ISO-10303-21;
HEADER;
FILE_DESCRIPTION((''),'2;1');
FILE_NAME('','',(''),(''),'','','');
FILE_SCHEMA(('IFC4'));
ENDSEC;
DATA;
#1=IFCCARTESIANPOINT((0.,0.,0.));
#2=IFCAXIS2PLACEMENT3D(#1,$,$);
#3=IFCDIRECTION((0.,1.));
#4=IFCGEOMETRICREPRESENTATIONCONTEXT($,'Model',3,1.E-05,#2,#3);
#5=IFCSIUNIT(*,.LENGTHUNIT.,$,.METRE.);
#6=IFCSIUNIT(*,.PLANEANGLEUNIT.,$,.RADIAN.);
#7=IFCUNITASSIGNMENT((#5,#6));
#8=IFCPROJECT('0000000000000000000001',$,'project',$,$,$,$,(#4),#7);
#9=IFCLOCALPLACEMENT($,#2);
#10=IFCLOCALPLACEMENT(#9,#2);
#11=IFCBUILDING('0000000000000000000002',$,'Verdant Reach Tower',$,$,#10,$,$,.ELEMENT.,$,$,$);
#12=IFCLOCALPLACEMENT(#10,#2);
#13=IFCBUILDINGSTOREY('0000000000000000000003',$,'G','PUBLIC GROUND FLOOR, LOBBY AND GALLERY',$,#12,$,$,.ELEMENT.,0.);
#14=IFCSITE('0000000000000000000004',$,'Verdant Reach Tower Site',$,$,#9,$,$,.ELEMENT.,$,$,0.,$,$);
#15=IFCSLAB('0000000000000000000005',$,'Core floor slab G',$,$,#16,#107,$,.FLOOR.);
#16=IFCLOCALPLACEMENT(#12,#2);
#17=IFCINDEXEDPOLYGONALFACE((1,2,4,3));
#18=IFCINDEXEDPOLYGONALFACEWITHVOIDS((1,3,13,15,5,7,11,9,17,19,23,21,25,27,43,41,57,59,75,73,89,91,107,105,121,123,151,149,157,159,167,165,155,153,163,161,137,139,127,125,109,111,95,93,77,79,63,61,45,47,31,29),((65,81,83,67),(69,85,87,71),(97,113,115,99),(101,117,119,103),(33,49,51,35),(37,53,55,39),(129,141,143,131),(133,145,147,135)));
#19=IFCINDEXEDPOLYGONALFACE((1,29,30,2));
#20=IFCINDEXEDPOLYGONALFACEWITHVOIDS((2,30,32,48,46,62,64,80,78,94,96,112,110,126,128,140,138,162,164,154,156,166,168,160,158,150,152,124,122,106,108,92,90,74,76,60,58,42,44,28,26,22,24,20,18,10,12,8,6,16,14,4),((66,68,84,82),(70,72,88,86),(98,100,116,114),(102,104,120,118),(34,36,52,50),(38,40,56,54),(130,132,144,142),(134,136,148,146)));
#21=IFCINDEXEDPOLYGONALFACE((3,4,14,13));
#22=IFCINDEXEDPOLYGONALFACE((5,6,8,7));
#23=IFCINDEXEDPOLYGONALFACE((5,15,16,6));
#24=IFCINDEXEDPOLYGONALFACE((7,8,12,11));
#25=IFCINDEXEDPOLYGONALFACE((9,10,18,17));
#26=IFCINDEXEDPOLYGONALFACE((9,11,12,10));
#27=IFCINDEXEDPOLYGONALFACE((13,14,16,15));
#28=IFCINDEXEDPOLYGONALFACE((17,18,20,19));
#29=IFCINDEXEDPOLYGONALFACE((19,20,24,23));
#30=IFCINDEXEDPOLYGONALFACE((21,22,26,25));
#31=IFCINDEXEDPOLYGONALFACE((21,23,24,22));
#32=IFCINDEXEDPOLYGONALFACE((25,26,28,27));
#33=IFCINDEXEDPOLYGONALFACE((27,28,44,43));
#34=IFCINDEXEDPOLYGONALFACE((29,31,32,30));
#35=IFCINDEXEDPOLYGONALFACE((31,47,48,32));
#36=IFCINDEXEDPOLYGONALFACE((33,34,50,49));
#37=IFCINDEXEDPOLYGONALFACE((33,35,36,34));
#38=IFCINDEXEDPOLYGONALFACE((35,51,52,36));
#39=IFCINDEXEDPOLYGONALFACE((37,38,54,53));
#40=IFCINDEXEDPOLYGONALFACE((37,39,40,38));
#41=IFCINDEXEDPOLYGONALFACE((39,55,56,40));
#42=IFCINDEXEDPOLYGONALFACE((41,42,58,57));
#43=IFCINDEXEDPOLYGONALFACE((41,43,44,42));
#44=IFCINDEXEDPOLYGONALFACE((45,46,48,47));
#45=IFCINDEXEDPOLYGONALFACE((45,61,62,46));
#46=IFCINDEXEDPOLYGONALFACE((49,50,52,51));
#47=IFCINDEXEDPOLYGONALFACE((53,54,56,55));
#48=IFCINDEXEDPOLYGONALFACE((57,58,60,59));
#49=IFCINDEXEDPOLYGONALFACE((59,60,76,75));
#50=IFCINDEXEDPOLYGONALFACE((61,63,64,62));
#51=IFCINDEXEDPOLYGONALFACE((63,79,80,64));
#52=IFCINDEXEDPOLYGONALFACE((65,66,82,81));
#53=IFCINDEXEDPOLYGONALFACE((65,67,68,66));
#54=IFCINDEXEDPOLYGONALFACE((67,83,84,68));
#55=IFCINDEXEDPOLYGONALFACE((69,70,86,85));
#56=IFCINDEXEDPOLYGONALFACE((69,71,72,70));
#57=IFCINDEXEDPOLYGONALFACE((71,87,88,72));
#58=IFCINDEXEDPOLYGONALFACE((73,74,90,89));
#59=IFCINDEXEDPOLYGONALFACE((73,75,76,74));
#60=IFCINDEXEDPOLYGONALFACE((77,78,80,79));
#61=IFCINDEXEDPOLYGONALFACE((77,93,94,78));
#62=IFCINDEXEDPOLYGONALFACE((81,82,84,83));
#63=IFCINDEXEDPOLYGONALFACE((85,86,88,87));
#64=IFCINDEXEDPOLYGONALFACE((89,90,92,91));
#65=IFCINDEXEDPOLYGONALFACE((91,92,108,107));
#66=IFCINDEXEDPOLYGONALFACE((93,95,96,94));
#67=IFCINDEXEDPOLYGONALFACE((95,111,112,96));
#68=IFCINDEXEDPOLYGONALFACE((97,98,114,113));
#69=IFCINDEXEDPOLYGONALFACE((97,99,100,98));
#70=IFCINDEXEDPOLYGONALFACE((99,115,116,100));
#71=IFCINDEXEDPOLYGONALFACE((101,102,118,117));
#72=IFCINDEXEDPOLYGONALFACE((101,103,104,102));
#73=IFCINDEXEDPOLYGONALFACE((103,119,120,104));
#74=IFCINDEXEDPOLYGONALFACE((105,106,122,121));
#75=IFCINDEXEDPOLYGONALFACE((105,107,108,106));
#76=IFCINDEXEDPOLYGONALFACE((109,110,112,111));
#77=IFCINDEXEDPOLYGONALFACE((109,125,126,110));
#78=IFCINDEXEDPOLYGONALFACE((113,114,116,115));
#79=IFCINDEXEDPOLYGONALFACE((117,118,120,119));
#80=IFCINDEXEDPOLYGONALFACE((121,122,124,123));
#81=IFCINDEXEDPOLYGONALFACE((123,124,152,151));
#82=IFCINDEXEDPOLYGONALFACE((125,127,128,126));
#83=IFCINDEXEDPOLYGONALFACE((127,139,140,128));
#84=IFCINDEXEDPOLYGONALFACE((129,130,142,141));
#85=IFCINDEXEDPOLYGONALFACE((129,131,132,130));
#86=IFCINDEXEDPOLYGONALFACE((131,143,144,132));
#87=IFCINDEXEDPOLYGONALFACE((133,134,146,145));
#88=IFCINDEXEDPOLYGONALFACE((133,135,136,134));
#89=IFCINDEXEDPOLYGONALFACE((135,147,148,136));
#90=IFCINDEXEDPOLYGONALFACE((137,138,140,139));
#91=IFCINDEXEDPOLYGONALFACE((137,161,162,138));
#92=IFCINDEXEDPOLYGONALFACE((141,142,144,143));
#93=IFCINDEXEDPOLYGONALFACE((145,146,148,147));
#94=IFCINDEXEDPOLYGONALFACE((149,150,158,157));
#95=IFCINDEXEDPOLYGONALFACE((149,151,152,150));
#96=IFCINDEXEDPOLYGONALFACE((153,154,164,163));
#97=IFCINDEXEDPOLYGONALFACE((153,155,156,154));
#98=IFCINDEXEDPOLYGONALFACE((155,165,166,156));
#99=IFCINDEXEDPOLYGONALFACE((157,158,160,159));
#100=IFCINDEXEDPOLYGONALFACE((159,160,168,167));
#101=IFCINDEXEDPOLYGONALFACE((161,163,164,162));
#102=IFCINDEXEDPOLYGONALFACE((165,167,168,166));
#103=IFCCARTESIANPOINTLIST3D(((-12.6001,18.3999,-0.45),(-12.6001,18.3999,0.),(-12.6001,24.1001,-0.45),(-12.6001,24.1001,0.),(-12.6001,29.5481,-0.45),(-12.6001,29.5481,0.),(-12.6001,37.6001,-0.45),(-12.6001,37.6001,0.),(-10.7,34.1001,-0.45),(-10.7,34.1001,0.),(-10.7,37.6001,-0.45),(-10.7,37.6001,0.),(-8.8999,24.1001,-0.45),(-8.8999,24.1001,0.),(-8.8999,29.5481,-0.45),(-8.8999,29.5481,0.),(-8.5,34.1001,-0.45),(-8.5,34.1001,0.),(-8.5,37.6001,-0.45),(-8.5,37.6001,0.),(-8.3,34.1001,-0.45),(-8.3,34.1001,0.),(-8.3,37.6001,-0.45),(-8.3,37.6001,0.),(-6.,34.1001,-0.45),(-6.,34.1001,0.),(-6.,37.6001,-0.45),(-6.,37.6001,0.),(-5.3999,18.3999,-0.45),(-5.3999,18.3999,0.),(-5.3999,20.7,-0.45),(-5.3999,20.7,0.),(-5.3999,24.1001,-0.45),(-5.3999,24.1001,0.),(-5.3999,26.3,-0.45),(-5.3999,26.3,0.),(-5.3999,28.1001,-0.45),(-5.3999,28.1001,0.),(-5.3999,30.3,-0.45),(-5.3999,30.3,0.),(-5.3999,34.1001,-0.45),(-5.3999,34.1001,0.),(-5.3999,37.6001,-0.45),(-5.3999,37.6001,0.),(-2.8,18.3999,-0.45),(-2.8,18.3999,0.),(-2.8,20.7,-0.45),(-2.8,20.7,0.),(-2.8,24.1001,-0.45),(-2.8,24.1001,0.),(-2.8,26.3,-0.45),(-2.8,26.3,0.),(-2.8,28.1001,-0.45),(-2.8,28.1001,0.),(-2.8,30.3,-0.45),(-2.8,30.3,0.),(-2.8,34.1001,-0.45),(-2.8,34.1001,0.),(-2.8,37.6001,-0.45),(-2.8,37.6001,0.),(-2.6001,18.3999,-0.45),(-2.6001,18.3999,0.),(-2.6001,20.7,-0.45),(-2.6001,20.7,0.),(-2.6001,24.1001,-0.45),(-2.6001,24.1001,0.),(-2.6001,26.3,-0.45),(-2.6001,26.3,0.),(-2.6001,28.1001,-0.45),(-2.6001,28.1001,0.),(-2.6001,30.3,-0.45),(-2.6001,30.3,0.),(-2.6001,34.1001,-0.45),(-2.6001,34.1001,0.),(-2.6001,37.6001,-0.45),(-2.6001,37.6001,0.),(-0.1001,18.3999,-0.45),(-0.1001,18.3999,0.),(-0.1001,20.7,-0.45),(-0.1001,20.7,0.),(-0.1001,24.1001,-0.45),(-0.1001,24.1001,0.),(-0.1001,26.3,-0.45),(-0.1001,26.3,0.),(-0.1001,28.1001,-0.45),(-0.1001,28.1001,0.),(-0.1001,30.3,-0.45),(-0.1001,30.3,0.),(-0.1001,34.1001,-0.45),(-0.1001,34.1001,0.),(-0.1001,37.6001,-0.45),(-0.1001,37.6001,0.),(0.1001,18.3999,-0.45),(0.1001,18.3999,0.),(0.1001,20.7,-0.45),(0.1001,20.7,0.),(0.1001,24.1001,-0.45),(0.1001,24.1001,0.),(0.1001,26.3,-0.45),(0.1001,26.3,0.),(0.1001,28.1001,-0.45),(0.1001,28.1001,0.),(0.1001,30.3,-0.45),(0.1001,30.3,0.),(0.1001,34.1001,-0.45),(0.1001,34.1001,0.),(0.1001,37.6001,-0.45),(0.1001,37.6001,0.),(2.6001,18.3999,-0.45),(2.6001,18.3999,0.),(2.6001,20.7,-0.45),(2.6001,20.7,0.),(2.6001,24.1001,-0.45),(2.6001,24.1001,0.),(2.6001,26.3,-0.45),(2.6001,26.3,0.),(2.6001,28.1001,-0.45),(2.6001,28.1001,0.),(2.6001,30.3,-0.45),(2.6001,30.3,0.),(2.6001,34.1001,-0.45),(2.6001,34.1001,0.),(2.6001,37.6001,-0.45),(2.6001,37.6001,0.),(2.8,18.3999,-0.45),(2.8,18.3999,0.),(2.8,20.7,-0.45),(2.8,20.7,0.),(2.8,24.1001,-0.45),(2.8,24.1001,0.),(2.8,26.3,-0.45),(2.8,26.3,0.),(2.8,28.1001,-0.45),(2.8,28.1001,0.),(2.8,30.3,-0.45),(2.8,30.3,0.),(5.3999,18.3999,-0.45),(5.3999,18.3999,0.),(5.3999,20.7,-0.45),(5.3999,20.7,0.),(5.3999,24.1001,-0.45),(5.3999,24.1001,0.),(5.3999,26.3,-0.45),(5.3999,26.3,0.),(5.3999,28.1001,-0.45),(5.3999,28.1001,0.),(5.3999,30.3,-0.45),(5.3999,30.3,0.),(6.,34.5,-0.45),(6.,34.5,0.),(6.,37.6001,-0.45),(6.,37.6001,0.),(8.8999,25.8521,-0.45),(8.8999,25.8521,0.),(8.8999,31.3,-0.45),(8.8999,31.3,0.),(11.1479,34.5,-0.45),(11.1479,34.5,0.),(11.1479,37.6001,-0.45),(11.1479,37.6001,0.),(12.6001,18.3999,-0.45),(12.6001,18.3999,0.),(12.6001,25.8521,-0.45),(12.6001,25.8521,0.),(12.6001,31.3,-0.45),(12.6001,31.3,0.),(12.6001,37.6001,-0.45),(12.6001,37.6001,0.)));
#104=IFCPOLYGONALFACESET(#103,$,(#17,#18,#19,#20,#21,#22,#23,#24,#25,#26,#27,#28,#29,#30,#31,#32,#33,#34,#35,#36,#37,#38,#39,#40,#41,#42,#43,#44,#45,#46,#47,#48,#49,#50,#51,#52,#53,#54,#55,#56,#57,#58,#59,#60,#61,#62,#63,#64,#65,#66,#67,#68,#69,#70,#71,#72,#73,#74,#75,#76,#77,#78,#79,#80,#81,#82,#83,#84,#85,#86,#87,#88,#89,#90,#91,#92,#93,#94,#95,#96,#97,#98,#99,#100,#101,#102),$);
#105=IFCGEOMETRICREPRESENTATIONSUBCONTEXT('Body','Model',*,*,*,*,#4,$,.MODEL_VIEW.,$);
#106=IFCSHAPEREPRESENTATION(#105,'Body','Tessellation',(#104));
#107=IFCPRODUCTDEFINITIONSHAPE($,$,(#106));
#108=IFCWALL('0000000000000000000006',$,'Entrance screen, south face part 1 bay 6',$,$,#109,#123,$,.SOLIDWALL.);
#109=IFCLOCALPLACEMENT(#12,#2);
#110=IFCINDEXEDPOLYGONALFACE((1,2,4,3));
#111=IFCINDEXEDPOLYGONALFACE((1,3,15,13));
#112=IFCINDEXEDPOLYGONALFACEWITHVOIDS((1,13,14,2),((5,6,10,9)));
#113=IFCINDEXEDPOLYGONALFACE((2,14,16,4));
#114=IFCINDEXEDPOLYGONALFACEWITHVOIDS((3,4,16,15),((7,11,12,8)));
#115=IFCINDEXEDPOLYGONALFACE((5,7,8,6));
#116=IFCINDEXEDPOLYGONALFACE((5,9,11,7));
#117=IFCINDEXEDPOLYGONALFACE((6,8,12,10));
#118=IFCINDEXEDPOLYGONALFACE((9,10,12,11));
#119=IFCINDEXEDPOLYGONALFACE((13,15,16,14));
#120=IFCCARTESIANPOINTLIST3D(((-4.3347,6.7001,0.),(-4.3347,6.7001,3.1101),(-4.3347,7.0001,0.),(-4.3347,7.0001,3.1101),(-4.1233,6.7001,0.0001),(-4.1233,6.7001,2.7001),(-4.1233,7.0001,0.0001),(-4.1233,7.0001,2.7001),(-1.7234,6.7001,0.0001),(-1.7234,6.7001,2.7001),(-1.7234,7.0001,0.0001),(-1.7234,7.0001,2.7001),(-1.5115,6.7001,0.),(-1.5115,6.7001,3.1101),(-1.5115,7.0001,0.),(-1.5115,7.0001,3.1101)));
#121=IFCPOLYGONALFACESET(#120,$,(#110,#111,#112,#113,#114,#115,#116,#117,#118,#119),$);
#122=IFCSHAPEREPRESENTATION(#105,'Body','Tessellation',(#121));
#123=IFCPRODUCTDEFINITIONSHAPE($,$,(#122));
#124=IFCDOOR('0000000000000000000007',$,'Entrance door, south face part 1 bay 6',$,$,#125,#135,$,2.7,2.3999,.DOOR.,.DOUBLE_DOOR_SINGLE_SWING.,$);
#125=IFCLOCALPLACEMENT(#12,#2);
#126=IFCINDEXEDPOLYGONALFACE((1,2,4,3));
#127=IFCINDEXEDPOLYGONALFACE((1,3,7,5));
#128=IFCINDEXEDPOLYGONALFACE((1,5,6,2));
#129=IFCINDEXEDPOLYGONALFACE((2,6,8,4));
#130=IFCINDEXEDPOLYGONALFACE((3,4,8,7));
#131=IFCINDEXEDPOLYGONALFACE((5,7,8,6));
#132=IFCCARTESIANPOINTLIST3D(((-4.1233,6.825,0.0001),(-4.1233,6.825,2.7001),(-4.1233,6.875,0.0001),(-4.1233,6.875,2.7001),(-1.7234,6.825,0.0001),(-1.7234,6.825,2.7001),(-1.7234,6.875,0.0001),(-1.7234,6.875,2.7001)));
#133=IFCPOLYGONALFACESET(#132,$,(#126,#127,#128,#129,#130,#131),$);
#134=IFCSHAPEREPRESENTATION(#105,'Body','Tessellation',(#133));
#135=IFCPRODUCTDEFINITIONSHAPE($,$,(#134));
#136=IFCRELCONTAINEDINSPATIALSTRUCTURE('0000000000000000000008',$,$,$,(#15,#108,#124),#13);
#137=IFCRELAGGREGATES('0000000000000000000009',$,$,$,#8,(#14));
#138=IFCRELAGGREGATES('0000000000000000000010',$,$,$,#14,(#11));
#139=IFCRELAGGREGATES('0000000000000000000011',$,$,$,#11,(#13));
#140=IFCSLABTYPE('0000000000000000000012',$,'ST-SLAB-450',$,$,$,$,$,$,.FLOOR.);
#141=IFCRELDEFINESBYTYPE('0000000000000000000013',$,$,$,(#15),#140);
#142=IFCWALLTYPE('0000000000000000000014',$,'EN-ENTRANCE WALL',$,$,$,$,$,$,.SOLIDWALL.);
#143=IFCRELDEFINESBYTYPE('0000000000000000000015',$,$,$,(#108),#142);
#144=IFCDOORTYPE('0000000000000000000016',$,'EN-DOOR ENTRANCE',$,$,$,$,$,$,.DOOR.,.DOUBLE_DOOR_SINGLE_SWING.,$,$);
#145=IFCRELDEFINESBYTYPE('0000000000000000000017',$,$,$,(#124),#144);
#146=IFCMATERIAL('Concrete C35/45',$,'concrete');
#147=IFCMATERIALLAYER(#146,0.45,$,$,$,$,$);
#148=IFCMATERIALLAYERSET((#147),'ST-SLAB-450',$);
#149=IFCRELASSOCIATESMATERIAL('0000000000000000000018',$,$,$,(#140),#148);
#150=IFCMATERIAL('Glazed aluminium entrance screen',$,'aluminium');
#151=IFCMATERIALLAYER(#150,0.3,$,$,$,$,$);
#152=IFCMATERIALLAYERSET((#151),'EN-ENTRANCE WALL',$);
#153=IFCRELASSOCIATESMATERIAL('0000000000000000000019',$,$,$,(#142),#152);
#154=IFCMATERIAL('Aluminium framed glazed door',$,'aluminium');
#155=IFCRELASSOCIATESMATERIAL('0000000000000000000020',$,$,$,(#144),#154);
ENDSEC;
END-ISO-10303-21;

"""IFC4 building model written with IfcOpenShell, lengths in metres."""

from ifc_helpers import new_model, si_unit, direction, frame, frame_2d, origin, place, context, subcontext, project, spatial, polyline, rectangle, outline, extrude, material, layer, layer_set, type_object, element, fill, save


model = new_model("IFC4")

# Units and contexts
model_context = context("Model", 3, precision=1e-05, world=origin(), true_north=direction((0.0, 1.0)))
body_context = subcontext(model_context, "Body", "Model", "MODEL_VIEW")
ifc_project = project(units=[si_unit("LENGTHUNIT", "METRE"), si_unit("PLANEANGLEUNIT", "RADIAN")], contexts=[model_context])

# Site, building, storey
site_placement = place(None, origin())
site = spatial("IfcSite", under=ifc_project, at=site_placement, Name="Verdant Reach Tower Site", CompositionType="ELEMENT", RefElevation=0.0)
building_placement = place(site_placement, origin())
building = spatial("IfcBuilding", under=site, at=building_placement, Name="Verdant Reach Tower", CompositionType="ELEMENT")
storey_placement = place(building_placement, origin())
storey = spatial("IfcBuildingStorey", under=building, at=storey_placement, Name="G", Description="PUBLIC GROUND FLOOR, LOBBY AND GALLERY", CompositionType="ELEMENT", Elevation=0.0)

# Slab
ifc_material_1 = material(Name="Concrete C35/45", Category="concrete")
ifc_layer_1 = layer(ifc_material_1, 0.45)
ifc_layer_set_1 = layer_set([ifc_layer_1], Name="ST-SLAB-450")
slab_type = type_object("IfcSlabType", Name="ST-SLAB-450", PredefinedType="FLOOR", material=ifc_layer_set_1)
slab_1_placement = place(storey_placement, frame((0.0, 0.0, -0.45)))
element("IfcSlab", 1, at=slab_1_placement, inside=storey, type_object=slab_type, Name="Core floor slab G", PredefinedType="FLOOR", context=body_context, shape_type="SweptSolid", body=[
    extrude(outline(polyline([(12.6001, 18.3999), (5.3999, 18.3999), (5.3999, 20.7), (2.8, 20.7), (2.8, 18.3999), (2.6001, 18.3999), (2.6001, 20.7), (0.1001, 20.7), (0.1001, 18.3999), (-0.1001, 18.3999), (-0.1001, 20.7), (-2.6001, 20.7), (-2.6001, 18.3999), (-2.8, 18.3999), (-2.8, 20.7), (-5.3999, 20.7), (-5.3999, 18.3999), (-12.6001, 18.3999), (-12.6001, 24.1001), (-8.8999, 24.1001), (-8.8999, 29.5481), (-12.6001, 29.5481), (-12.6001, 37.6001), (-10.7, 37.6001), (-10.7, 34.1001), (-8.5, 34.1001), (-8.5, 37.6001), (-8.3, 37.6001), (-8.3, 34.1001), (-6.0, 34.1001), (-6.0, 37.6001), (-5.3999, 37.6001), (-5.3999, 34.1001), (-2.8, 34.1001), (-2.8, 37.6001), (-2.6001, 37.6001), (-2.6001, 34.1001), (-0.1001, 34.1001), (-0.1001, 37.6001), (0.1001, 37.6001), (0.1001, 34.1001), (2.6001, 34.1001), (2.6001, 37.6001), (6.0, 37.6001), (6.0, 34.5), (11.1479, 34.5), (11.1479, 37.6001), (12.6001, 37.6001), (12.6001, 31.3), (8.8999, 31.3), (8.8999, 25.8521), (12.6001, 25.8521), (12.6001, 18.3999)]), holes=[polyline([(-2.8, 24.1001), (-2.8, 26.3), (-5.3999, 26.3), (-5.3999, 24.1001), (-2.8, 24.1001)]), polyline([(-2.6001, 24.1001), (-0.1001, 24.1001), (-0.1001, 26.3), (-2.6001, 26.3), (-2.6001, 24.1001)]), polyline([(-2.8, 28.1001), (-2.8, 30.3), (-5.3999, 30.3), (-5.3999, 28.1001), (-2.8, 28.1001)]), polyline([(-0.1001, 28.1001), (-0.1001, 30.3), (-2.6001, 30.3), (-2.6001, 28.1001), (-0.1001, 28.1001)]), polyline([(2.6001, 24.1001), (2.6001, 26.3), (0.1001, 26.3), (0.1001, 24.1001), (2.6001, 24.1001)]), polyline([(2.8, 24.1001), (5.3999, 24.1001), (5.3999, 26.3), (2.8, 26.3), (2.8, 24.1001)]), polyline([(2.6001, 28.1001), (2.6001, 30.3), (0.1001, 30.3), (0.1001, 28.1001), (2.6001, 28.1001)]), polyline([(5.3999, 28.1001), (5.3999, 30.3), (2.8, 30.3), (2.8, 28.1001), (5.3999, 28.1001)])]), origin(), (0.0, 0.0, 1.0), 0.45),
])

# Wall, opening, door
ifc_material_2 = material(Name="Glazed aluminium entrance screen", Category="aluminium")
ifc_layer_2 = layer(ifc_material_2, 0.3)
ifc_layer_set_2 = layer_set([ifc_layer_2], Name="EN-ENTRANCE WALL")
wall_type = type_object("IfcWallType", Name="EN-ENTRANCE WALL", PredefinedType="SOLIDWALL", material=ifc_layer_set_2)
wall_placement = place(storey_placement, frame((-4.3347, 6.8501, 0.0), z_axis=(0.0, 0.0, 1.0), x_axis=(1.0, 0.0, 0.0)))
wall = element("IfcWall", 2, at=wall_placement, inside=storey, type_object=wall_type, Name="Entrance screen, south face part 1 bay 6", PredefinedType="SOLIDWALL", context=body_context, shape_type="SweptSolid", body=[
    extrude(rectangle(XDim=2.8232, YDim=0.3, at=frame_2d((1.4116, 0.0))), origin(), (0.0, 0.0, 1.0), 3.1101),
])
opening_placement = place(wall_placement, frame((0.2114, 0.0, 0.0)))
opening = element("IfcOpeningElement", 3, at=opening_placement, cuts=wall, PredefinedType="OPENING", context=body_context, shape_type="SweptSolid", body=[
    extrude(rectangle(XDim=2.3999, YDim=2.7, at=frame_2d((1.2, 1.3501))), frame((0.0, 0.1599, 0.0), z_axis=(0.0, -1.0, 0.0), x_axis=(1.0, 0.0, 0.0)), (0.0, 0.0, 1.0), 0.3201),
])
ifc_material_3 = material(Name="Aluminium framed glazed door", Category="aluminium")
door_type = type_object("IfcDoorType", Name="EN-DOOR ENTRANCE", OperationType="DOUBLE_DOOR_SINGLE_SWING", PredefinedType="DOOR", material=ifc_material_3)
door_placement = place(opening_placement, origin())
door = element("IfcDoor", 4, at=door_placement, inside=storey, type_object=door_type, Name="Entrance door, south face part 1 bay 6", OperationType="DOUBLE_DOOR_SINGLE_SWING", OverallHeight=2.7, OverallWidth=2.3999, PredefinedType="DOOR", context=body_context, shape_type="SweptSolid", body=[
    extrude(rectangle(XDim=2.3999, YDim=2.7, at=frame_2d((1.2, 1.3501))), frame((0.0, 0.0249, 0.0), z_axis=(0.0, -1.0, 0.0), x_axis=(1.0, 0.0, 0.0)), (0.0, 0.0, 1.0), 0.05),
])
fill(opening, door)

save(model, "model.ifc")
